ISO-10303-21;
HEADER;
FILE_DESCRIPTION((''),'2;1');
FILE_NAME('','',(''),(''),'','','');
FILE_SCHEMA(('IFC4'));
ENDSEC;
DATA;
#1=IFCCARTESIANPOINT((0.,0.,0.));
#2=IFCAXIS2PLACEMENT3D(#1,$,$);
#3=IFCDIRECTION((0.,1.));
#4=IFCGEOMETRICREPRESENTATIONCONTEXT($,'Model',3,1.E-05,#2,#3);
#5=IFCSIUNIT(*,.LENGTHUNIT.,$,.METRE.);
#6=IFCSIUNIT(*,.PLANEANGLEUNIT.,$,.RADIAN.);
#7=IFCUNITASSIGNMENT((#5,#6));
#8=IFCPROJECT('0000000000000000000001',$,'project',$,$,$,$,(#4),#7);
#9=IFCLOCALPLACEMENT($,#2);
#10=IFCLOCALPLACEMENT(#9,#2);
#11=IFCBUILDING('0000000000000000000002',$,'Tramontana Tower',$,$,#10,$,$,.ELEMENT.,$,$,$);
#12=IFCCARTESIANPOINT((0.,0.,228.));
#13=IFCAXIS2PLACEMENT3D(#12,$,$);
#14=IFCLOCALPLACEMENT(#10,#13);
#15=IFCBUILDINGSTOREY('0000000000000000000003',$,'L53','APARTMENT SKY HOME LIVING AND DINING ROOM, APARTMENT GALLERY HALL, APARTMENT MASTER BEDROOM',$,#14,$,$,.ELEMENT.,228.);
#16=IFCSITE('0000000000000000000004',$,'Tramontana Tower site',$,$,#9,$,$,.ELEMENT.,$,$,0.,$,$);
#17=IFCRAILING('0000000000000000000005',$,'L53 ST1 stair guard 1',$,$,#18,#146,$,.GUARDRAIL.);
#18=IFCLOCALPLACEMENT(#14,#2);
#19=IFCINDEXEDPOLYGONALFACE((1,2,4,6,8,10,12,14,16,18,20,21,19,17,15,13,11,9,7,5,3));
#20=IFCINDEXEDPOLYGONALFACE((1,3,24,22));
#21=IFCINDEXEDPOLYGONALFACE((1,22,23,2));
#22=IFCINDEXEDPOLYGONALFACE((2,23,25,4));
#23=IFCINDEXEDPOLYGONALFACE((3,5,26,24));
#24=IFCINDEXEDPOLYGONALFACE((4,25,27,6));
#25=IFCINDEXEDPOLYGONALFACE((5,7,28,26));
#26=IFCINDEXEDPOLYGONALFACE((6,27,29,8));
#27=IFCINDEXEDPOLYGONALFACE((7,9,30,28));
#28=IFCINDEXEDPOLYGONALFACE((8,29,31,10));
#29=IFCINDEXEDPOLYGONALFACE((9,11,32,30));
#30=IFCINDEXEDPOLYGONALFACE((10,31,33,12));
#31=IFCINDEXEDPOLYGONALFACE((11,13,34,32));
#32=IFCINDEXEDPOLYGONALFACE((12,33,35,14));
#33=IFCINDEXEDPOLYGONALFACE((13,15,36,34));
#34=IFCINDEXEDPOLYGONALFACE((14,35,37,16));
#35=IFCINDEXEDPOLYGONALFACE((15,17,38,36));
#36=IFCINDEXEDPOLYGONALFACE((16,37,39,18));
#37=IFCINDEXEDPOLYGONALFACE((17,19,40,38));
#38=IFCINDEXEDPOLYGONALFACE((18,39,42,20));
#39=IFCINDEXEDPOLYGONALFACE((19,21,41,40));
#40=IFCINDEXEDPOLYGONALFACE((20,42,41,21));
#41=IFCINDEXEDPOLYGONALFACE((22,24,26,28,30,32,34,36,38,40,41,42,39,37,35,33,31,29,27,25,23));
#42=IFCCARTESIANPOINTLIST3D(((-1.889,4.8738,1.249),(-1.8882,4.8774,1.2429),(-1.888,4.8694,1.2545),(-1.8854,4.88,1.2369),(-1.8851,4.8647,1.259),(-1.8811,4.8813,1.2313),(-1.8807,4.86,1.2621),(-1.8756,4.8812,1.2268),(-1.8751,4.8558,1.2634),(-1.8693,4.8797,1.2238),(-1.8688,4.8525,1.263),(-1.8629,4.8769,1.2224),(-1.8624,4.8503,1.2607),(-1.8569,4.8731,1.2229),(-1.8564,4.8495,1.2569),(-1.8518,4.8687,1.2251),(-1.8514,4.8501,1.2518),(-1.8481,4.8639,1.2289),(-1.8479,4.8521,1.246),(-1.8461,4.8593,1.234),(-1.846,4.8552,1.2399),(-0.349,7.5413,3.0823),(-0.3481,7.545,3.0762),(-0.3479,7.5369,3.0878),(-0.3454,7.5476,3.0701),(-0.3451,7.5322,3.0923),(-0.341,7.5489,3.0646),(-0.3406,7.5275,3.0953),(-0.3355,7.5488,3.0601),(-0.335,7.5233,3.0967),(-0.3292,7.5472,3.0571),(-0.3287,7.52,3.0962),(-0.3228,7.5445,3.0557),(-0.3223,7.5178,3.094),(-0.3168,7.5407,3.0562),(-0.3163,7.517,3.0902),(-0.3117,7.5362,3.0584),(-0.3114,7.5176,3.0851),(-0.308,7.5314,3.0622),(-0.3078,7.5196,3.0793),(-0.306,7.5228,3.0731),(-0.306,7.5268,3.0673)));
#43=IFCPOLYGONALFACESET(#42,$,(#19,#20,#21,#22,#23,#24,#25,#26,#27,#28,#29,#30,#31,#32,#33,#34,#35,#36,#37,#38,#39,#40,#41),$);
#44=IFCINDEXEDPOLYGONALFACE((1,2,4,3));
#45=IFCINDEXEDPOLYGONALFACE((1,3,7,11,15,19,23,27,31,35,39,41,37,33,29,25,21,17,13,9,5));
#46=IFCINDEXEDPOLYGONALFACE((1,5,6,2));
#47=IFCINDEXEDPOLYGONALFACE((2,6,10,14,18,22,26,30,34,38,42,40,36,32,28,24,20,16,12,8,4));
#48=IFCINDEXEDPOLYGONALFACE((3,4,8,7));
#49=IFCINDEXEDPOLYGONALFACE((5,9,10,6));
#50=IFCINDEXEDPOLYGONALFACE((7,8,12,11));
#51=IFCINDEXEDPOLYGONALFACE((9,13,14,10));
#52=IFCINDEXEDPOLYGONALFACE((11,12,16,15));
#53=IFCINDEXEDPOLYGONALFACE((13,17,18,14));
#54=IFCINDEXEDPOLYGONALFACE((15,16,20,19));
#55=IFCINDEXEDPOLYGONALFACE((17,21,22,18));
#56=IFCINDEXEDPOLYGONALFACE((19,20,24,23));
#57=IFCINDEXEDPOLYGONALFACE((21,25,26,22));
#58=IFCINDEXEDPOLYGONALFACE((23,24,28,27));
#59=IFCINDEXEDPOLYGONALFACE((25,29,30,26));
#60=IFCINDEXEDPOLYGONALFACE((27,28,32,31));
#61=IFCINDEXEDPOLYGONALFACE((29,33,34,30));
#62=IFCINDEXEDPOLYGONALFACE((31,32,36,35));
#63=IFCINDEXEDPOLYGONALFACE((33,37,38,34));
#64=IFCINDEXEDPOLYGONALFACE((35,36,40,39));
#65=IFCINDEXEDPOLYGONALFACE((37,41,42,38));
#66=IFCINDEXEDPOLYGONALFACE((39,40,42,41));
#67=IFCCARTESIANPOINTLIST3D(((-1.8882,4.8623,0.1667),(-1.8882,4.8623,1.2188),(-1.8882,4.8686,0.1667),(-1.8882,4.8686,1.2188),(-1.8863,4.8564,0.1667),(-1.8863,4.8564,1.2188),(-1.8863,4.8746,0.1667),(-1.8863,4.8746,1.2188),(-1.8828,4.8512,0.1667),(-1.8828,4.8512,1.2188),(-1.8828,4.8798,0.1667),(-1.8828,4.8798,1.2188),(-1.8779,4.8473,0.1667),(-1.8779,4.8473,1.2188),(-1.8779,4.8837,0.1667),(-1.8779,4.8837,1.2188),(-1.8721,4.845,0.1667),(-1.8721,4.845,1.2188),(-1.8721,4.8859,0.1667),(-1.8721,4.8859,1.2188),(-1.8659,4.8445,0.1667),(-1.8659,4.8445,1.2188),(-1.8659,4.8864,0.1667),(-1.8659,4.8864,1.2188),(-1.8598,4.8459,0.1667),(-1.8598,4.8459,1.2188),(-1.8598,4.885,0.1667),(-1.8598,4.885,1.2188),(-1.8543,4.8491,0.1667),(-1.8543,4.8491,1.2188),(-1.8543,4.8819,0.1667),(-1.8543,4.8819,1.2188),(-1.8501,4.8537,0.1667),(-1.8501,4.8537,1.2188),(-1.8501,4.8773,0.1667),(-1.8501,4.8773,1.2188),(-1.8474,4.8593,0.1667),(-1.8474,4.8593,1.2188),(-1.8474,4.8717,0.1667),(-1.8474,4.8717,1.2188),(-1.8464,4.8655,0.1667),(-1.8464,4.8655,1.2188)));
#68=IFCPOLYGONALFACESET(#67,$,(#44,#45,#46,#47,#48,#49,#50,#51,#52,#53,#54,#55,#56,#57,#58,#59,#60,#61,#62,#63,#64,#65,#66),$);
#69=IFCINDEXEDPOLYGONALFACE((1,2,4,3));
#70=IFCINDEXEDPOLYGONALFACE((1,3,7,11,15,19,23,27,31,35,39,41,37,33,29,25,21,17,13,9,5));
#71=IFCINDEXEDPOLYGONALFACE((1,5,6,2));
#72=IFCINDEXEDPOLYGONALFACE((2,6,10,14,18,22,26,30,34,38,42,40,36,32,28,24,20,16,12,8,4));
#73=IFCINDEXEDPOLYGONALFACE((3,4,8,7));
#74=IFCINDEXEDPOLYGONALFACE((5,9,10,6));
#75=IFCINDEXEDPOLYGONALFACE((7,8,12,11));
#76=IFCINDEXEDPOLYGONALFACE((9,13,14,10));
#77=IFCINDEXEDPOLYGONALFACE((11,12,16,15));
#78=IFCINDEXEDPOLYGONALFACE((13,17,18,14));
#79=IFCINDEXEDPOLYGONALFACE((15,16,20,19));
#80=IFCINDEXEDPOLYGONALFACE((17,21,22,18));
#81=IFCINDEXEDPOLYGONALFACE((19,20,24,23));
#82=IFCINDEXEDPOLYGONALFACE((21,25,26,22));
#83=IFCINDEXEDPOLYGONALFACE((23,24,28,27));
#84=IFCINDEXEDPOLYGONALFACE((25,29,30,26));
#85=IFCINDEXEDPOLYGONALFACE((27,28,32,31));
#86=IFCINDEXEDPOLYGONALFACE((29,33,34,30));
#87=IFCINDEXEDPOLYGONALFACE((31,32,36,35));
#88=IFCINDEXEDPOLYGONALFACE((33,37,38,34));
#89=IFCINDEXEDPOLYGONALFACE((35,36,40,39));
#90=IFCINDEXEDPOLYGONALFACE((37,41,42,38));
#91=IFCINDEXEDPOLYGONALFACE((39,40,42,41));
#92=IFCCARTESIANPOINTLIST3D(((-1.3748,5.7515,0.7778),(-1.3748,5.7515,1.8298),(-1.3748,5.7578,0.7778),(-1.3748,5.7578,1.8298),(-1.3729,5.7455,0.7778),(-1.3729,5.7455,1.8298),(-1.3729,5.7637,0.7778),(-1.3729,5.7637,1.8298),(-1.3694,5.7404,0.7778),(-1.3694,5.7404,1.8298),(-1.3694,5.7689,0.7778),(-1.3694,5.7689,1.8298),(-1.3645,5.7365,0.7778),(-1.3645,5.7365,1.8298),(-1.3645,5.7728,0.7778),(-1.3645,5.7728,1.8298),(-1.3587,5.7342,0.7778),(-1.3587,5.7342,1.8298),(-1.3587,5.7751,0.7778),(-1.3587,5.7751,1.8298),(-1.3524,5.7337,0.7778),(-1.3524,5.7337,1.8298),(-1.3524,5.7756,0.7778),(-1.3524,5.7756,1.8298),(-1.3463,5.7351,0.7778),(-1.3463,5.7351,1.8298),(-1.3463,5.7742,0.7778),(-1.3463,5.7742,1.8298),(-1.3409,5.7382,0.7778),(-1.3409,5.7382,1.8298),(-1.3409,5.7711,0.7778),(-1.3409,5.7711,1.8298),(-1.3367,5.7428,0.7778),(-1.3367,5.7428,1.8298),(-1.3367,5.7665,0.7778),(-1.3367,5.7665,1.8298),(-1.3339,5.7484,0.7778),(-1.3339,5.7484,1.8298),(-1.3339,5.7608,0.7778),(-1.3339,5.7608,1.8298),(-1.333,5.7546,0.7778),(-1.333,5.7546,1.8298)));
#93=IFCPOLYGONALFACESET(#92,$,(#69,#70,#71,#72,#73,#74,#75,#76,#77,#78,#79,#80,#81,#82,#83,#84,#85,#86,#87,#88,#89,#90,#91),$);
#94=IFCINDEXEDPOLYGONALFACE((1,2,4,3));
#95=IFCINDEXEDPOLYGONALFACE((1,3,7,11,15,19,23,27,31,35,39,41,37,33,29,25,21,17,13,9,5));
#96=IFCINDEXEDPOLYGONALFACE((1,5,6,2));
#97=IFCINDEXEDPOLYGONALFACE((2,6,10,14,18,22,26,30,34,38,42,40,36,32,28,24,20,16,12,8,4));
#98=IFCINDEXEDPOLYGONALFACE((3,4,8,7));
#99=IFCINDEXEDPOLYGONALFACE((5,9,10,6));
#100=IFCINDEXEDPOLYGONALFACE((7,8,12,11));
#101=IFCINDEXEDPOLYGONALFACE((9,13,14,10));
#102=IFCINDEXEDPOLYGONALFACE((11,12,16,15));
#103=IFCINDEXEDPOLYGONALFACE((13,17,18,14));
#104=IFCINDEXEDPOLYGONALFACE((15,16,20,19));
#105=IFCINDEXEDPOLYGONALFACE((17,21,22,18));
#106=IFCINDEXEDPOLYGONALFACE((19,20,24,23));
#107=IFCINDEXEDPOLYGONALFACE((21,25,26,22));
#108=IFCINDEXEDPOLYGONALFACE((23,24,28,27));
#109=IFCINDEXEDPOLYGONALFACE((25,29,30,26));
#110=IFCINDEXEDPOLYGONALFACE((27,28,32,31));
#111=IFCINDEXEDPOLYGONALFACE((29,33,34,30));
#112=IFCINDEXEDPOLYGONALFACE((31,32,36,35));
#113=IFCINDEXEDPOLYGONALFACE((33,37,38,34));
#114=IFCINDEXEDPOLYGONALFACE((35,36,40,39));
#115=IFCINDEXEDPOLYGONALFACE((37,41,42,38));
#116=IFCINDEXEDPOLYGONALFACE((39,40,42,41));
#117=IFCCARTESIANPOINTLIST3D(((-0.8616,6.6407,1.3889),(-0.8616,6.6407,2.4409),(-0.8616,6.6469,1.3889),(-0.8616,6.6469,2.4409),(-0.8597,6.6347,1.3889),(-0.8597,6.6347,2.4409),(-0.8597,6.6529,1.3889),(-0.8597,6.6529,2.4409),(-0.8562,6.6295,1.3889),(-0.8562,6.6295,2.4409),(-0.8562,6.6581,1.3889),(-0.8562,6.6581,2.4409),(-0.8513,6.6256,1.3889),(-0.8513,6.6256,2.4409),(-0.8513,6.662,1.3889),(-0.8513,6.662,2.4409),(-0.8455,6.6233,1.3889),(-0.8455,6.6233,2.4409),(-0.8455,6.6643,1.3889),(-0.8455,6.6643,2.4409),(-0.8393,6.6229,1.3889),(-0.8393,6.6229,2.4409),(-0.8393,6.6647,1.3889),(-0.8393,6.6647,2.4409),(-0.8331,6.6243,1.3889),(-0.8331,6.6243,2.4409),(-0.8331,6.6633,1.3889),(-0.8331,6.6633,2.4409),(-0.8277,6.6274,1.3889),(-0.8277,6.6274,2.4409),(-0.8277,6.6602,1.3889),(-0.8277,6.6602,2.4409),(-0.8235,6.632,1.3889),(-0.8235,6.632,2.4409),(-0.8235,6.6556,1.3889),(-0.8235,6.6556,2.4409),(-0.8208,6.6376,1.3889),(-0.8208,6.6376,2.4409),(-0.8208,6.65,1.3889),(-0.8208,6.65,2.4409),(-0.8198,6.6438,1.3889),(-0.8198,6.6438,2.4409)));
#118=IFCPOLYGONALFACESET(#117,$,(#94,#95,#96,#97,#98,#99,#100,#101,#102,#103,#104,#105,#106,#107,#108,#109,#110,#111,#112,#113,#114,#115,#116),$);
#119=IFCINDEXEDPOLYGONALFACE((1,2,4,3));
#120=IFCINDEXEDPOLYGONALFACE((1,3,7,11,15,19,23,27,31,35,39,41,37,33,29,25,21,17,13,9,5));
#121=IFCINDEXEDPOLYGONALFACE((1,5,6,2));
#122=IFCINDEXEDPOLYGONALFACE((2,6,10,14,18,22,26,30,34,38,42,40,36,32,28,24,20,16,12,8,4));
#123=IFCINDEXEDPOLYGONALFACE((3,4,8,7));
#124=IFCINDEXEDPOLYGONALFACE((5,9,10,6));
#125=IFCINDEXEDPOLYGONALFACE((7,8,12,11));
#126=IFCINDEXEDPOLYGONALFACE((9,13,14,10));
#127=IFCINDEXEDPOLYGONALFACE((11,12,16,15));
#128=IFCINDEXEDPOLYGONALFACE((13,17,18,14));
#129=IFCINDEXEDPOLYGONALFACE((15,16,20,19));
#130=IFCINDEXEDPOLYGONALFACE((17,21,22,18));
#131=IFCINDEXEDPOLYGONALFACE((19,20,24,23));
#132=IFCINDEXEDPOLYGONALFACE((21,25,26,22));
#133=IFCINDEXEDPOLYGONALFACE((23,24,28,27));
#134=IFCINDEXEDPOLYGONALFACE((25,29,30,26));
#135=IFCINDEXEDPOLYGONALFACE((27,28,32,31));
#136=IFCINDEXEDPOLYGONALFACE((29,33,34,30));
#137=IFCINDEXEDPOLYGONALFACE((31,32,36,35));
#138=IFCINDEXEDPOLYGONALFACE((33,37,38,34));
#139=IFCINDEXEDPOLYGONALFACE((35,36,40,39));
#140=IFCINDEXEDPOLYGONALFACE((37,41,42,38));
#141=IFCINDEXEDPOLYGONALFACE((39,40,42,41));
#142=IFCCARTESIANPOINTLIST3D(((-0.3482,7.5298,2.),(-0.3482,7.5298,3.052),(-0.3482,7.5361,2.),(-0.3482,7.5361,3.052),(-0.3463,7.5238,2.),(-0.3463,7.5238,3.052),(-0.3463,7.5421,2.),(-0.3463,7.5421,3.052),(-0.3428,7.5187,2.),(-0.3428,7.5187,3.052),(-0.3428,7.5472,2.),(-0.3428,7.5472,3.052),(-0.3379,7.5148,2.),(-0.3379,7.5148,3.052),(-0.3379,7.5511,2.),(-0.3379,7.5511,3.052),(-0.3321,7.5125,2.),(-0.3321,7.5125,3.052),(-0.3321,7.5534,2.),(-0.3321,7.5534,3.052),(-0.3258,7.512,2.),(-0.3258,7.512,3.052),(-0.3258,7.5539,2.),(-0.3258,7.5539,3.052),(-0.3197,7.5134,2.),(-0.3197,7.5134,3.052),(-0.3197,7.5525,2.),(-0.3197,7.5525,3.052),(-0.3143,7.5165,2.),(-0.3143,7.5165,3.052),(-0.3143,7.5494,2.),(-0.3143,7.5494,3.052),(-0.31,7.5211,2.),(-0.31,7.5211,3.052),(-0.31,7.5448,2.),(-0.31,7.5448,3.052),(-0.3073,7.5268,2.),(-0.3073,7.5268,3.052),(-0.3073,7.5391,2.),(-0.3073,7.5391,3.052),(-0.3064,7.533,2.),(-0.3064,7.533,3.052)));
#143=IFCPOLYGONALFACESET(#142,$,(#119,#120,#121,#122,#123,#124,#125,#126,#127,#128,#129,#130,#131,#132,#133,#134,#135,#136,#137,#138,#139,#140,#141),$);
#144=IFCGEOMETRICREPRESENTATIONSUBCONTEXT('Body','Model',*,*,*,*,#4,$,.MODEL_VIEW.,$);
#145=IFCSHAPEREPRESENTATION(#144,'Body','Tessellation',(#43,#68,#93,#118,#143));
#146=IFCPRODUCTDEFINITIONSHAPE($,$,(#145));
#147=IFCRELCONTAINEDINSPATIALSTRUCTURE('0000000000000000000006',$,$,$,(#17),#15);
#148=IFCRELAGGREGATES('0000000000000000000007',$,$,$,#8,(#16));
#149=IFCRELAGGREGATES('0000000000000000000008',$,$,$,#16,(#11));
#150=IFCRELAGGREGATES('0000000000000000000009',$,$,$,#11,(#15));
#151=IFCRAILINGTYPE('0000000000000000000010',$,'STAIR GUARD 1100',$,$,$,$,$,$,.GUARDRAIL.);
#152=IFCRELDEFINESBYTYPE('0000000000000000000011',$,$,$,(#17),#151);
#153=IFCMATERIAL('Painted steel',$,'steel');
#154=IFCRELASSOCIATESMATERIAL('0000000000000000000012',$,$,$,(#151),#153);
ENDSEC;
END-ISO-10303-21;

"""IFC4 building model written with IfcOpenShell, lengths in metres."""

from ifc_helpers import new_model, si_unit, direction, frame, origin, origin_2d, place, context, subcontext, project, spatial, circle, extrude, material, type_object, element, save


model = new_model("IFC4")

# Units and contexts
model_context = context("Model", 3, precision=1e-05, world=origin(), true_north=direction((0.0, 1.0)))
body_context = subcontext(model_context, "Body", "Model", "MODEL_VIEW")
ifc_project = project(units=[si_unit("LENGTHUNIT", "METRE"), si_unit("PLANEANGLEUNIT", "RADIAN")], contexts=[model_context])

# Site, building, storey
site_placement = place(None, origin())
site = spatial("IfcSite", under=ifc_project, at=site_placement, Name="Tramontana Tower site", CompositionType="ELEMENT", RefElevation=0.0)
building_placement = place(site_placement, origin())
building = spatial("IfcBuilding", under=site, at=building_placement, Name="Tramontana Tower", CompositionType="ELEMENT")
storey_placement = place(building_placement, frame((0.0, 0.0, 228.0)))
storey = spatial("IfcBuildingStorey", under=building, at=storey_placement, Name="L53", Description="APARTMENT SKY HOME LIVING AND DINING ROOM, APARTMENT GALLERY HALL, APARTMENT MASTER BEDROOM", CompositionType="ELEMENT", Elevation=228.0)

# Railing
ifc_material_1 = material(Name="Painted steel", Category="steel")
railing_type = type_object("IfcRailingType", Name="STAIR GUARD 1100", PredefinedType="GUARDRAIL", material=ifc_material_1)
railing_1_placement = place(storey_placement, frame((-1.8674, 4.8655, 0.1667)))
element("IfcRailing", 1, at=railing_1_placement, inside=storey, type_object=railing_type, Name="L53 ST1 stair guard 1", PredefinedType="GUARDRAIL", context=body_context, shape_type="SweptSolid", body=[
    extrude(circle(Radius=0.0239, at=origin_2d()), frame((0.0, 0.0, 1.0762), z_axis=(0.429649, 0.74419, 0.511452), x_axis=(-0.86603, 0.499992, 0.0)), (0.0, 0.0, 1.0), 3.5845),
    extrude(circle(Radius=0.021, at=origin_2d()), origin(), (0.0, 0.0, 1.0), 1.052),
    extrude(circle(Radius=0.021, at=origin_2d()), frame((0.5134, 0.8892, 0.6111)), (0.0, 0.0, 1.0), 1.052),
    extrude(circle(Radius=0.021, at=origin_2d()), frame((1.0266, 1.7783, 1.2222)), (0.0, 0.0, 1.0), 1.052),
    extrude(circle(Radius=0.021, at=origin_2d()), frame((1.54, 2.6675, 1.8333)), (0.0, 0.0, 1.0), 1.052),
])

save(model, "model.ifc")
